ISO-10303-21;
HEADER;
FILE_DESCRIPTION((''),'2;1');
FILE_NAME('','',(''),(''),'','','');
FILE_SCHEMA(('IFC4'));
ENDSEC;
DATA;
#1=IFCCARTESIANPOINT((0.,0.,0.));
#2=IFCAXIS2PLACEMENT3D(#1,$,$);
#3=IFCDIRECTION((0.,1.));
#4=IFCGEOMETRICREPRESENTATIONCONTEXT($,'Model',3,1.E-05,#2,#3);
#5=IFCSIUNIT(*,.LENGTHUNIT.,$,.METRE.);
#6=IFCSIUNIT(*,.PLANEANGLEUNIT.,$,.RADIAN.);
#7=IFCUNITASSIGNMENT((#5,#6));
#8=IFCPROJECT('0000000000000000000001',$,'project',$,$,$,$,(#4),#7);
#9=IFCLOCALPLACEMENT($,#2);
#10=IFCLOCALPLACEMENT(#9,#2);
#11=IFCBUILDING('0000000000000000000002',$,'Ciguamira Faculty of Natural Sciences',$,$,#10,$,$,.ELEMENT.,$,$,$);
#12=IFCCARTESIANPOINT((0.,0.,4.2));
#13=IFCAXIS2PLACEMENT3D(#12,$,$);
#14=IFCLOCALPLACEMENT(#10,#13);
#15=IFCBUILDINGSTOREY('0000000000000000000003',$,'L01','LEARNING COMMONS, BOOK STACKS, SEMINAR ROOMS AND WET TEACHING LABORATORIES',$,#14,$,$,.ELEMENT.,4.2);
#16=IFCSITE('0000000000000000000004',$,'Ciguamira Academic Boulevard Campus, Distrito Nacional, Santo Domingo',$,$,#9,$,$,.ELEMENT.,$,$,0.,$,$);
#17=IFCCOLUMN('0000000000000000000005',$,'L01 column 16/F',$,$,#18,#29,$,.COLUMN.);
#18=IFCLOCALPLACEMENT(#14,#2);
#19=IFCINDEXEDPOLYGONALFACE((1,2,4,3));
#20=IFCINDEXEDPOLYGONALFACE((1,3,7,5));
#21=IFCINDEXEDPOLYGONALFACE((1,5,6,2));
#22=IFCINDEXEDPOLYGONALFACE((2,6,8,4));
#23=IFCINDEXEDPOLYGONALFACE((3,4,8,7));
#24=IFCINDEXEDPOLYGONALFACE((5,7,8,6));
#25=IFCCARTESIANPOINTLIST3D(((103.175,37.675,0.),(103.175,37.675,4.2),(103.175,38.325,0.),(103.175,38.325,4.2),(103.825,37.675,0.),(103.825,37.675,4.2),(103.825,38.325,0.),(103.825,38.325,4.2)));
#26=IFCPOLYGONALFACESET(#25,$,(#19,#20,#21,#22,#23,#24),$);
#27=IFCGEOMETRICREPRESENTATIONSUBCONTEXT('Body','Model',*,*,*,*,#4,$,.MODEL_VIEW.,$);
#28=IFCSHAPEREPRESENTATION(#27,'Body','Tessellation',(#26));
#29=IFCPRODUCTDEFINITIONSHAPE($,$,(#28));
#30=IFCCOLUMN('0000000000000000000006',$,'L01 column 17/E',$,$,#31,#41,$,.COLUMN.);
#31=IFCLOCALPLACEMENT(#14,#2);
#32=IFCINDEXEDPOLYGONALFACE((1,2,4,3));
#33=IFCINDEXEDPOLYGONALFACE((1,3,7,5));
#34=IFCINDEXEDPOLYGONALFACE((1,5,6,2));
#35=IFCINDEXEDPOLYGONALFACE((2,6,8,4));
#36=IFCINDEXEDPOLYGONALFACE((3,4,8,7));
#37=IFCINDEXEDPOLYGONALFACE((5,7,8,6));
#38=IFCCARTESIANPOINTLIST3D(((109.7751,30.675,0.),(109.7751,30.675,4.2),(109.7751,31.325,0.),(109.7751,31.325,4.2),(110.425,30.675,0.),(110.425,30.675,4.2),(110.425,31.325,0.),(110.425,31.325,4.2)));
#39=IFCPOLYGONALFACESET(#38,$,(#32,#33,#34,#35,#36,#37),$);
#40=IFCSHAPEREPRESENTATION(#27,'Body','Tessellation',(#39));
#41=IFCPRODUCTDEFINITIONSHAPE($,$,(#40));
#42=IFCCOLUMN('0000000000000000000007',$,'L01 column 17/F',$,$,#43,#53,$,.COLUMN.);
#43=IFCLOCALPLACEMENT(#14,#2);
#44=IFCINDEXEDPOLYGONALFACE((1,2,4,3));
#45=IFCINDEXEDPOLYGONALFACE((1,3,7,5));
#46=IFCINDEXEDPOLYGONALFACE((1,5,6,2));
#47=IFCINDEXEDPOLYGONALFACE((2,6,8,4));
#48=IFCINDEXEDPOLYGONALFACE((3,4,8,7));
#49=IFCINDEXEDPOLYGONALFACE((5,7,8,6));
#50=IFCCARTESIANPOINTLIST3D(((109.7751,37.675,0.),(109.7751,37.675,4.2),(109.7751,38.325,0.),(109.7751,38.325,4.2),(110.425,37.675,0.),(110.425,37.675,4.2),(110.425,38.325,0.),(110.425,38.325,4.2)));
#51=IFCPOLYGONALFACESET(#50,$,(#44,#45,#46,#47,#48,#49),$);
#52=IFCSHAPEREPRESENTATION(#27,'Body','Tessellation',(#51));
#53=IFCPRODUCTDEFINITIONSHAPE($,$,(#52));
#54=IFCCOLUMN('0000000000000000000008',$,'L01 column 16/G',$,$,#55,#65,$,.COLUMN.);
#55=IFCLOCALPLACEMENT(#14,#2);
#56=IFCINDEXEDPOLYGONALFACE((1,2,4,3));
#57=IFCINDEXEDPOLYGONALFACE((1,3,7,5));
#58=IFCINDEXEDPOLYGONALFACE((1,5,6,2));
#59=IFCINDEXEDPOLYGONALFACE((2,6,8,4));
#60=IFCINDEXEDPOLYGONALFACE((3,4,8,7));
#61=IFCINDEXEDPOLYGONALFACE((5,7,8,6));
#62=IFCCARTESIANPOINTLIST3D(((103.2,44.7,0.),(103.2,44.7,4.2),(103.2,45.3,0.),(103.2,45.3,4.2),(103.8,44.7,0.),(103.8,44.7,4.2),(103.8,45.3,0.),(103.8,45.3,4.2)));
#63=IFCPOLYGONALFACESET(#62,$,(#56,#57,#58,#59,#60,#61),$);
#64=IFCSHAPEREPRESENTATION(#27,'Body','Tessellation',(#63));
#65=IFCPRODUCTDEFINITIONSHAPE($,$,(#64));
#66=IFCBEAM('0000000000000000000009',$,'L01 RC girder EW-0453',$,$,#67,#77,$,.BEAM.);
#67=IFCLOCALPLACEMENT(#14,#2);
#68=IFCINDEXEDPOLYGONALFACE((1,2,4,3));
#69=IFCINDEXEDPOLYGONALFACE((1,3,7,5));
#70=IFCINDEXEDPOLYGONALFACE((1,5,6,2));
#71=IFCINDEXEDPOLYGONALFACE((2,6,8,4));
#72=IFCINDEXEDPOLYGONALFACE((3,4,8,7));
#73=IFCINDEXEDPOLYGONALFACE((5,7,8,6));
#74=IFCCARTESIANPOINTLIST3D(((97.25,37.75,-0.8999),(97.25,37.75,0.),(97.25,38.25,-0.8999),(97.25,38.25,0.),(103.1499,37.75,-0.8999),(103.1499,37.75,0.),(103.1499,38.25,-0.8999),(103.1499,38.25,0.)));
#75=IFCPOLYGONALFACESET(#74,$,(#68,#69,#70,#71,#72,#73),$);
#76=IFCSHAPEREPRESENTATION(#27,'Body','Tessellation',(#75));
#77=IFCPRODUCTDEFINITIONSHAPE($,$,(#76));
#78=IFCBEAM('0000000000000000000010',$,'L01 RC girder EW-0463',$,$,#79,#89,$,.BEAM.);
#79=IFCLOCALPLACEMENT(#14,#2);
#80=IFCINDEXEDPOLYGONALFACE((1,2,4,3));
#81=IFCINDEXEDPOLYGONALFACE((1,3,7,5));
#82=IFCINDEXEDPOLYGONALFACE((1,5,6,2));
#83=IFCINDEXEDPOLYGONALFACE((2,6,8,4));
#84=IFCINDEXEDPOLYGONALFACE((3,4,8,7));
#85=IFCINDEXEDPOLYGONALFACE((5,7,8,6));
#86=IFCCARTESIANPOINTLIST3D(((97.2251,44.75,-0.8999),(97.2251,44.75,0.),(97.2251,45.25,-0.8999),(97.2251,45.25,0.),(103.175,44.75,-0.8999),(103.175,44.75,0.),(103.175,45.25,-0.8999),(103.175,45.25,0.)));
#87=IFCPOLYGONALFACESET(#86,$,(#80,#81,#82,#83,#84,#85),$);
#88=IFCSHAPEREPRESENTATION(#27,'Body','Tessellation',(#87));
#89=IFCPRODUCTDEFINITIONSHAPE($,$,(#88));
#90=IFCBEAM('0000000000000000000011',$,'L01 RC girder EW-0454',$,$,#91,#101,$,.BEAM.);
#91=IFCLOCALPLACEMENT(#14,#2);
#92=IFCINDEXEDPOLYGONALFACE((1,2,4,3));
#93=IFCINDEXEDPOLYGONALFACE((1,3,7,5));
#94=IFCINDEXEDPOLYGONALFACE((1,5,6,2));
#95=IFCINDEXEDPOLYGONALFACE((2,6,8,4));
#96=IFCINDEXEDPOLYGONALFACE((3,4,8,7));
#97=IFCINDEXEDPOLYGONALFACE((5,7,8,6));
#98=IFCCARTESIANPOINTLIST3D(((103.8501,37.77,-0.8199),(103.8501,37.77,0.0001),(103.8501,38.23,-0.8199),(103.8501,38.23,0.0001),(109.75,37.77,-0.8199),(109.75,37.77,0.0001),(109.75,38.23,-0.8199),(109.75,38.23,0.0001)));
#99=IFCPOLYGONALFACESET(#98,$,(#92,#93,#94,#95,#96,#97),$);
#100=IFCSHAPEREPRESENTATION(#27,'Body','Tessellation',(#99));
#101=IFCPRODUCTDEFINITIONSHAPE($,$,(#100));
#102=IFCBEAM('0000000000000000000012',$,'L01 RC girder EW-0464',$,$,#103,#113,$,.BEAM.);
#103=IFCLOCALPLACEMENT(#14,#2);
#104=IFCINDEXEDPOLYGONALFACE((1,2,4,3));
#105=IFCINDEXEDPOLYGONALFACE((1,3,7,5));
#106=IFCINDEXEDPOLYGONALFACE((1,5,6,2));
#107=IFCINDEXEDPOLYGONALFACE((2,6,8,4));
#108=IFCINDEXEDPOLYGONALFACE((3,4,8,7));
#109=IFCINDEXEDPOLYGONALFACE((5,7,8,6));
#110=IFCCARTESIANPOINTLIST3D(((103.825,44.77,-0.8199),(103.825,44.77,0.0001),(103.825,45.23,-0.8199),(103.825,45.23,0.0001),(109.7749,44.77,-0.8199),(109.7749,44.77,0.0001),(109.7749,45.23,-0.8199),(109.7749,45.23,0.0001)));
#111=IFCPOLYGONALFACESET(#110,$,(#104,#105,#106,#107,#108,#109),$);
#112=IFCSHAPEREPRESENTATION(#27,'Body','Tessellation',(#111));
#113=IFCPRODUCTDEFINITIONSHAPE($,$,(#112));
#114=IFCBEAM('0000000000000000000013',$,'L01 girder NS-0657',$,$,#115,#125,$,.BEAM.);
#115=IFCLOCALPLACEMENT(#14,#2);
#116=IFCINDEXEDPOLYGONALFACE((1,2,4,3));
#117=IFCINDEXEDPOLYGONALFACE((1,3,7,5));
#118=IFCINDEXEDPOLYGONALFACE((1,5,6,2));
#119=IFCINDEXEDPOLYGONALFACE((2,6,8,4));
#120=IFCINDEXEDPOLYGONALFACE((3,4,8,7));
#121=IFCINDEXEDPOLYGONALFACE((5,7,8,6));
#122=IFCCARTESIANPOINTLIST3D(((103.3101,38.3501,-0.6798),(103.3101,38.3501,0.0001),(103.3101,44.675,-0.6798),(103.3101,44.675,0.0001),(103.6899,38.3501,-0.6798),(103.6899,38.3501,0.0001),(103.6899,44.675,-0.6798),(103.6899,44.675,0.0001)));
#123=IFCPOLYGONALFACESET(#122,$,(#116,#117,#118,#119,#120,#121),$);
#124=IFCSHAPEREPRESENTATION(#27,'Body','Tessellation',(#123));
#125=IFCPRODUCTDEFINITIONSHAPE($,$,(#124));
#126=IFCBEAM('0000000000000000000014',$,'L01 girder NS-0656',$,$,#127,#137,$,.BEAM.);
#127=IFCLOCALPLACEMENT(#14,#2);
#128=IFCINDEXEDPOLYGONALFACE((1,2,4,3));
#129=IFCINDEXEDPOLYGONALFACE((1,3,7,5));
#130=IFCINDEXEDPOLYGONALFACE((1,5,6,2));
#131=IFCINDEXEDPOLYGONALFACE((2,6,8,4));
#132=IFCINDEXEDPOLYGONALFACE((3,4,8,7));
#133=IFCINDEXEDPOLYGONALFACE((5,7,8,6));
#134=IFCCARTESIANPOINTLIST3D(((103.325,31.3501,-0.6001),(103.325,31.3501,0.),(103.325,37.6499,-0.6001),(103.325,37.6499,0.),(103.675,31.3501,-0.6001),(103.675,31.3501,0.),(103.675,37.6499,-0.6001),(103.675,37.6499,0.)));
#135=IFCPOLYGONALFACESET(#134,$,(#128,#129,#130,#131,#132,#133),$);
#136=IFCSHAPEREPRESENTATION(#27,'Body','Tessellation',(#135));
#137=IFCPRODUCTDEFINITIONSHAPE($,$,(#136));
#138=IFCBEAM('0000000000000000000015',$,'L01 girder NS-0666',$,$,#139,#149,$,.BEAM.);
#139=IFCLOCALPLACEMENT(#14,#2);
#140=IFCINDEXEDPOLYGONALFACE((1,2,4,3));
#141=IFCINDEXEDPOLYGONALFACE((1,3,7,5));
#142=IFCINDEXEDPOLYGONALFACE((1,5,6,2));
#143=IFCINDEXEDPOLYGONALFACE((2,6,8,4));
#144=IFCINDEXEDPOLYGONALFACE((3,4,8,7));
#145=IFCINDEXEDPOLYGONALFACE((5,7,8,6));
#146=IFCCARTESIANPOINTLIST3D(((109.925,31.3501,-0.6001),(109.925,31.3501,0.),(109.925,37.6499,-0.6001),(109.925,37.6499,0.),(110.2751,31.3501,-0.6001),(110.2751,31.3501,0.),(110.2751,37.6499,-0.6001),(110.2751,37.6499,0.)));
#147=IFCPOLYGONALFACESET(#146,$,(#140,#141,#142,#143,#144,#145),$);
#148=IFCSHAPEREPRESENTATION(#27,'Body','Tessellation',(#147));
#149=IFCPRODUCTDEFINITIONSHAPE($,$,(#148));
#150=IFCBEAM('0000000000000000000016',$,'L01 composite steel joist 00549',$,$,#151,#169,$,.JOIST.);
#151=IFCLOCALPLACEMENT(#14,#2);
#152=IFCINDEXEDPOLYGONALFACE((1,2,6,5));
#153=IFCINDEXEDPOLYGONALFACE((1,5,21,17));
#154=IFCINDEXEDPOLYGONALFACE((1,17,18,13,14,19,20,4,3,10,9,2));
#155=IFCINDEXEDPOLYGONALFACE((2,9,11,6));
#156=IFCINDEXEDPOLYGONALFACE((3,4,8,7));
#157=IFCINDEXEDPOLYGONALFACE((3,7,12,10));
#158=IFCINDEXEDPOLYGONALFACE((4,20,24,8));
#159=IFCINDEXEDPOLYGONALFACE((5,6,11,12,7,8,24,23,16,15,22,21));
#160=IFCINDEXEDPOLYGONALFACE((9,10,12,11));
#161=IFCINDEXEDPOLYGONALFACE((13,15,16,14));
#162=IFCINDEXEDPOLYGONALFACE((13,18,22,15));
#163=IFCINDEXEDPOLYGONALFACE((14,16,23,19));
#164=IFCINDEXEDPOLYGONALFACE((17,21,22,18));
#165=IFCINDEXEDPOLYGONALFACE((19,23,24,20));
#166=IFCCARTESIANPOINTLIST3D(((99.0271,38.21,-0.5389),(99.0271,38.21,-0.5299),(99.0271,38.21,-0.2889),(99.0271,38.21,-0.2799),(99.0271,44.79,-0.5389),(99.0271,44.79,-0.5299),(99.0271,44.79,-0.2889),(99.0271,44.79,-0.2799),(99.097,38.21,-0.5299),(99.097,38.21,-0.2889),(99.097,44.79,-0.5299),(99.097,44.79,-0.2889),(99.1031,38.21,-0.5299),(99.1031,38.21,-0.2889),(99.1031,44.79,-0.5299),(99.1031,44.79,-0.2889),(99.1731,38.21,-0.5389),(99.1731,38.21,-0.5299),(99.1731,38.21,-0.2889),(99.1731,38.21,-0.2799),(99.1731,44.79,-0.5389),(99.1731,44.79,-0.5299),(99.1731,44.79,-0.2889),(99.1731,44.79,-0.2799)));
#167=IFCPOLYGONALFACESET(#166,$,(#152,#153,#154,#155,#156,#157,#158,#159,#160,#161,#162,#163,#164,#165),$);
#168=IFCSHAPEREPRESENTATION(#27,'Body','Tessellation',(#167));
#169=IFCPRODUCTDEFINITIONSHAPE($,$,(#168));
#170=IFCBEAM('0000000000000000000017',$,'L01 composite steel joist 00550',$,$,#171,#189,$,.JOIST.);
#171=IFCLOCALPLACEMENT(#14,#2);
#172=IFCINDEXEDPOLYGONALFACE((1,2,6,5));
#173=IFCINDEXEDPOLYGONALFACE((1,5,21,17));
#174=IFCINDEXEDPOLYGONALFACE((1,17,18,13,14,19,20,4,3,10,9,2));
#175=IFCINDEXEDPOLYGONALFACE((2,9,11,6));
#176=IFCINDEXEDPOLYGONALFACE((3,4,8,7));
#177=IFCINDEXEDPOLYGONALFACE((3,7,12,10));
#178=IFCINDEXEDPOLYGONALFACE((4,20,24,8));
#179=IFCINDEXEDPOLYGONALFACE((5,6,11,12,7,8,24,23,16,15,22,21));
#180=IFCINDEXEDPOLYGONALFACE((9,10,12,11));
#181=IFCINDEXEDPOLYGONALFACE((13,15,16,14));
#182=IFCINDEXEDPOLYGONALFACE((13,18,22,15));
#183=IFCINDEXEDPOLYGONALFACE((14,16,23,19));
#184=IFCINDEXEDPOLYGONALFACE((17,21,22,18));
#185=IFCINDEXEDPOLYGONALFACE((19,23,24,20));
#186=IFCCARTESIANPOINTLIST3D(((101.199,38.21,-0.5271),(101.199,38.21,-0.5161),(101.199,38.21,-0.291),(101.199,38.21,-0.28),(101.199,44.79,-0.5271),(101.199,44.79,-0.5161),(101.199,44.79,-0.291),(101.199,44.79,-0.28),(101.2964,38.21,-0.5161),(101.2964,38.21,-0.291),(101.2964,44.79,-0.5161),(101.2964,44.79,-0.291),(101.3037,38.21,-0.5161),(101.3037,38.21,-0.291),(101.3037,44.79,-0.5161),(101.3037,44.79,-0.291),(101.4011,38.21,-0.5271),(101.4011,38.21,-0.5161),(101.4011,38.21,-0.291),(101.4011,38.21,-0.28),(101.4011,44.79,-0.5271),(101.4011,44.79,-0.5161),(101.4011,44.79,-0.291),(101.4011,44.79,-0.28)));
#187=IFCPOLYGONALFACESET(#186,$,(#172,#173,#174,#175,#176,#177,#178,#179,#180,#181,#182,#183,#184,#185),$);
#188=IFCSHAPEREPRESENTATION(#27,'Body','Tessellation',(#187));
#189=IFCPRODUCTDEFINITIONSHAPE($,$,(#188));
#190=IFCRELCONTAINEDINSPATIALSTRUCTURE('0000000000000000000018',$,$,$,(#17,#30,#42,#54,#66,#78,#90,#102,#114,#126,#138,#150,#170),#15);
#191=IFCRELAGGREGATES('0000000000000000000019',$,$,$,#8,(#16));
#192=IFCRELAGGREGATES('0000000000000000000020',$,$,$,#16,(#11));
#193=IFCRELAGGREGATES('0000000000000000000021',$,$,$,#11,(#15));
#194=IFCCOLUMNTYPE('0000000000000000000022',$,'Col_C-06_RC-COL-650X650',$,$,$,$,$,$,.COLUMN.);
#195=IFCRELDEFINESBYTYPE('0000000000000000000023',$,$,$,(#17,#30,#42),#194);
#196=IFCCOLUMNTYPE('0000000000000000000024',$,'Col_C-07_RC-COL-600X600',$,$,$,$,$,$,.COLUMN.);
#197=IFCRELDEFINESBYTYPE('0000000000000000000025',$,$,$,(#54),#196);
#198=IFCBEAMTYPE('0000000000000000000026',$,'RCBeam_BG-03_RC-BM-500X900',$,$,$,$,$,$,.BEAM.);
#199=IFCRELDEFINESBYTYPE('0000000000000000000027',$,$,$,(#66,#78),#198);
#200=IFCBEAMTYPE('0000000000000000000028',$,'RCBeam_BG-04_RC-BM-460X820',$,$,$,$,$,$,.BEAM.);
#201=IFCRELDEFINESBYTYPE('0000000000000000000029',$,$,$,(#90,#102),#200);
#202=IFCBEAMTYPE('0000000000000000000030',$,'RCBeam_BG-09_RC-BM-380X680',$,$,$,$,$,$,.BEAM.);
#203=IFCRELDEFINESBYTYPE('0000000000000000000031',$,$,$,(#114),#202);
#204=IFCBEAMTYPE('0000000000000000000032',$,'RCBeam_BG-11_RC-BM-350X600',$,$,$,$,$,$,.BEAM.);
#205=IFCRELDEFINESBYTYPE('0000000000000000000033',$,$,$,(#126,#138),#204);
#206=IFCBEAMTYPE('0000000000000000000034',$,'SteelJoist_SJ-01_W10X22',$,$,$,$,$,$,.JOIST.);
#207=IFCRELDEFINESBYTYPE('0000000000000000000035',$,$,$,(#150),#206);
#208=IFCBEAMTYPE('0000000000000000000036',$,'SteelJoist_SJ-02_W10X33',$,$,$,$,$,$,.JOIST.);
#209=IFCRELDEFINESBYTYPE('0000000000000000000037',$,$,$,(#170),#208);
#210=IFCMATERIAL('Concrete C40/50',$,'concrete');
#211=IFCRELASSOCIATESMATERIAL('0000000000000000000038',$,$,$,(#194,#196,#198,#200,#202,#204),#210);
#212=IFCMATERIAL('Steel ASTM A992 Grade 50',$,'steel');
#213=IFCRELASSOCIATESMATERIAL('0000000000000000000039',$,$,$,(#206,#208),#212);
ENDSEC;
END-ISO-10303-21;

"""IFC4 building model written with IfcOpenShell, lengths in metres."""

from ifc_helpers import new_model, si_unit, direction, frame, origin, origin_2d, place, context, subcontext, project, spatial, rectangle, i_section, extrude, material, material_profile, profile_set, type_object, element, save


model = new_model("IFC4")

# Units and contexts
model_context = context("Model", 3, precision=1e-05, world=origin(), true_north=direction((0.0, 1.0)))
body_context = subcontext(model_context, "Body", "Model", "MODEL_VIEW")
ifc_project = project(units=[si_unit("LENGTHUNIT", "METRE"), si_unit("PLANEANGLEUNIT", "RADIAN")], contexts=[model_context])

# Site, building, storey
site_placement = place(None, origin())
site = spatial("IfcSite", under=ifc_project, at=site_placement, Name="Ciguamira Academic Boulevard Campus, Distrito Nacional, Santo Domingo", CompositionType="ELEMENT", RefElevation=0.0)
building_placement = place(site_placement, origin())
building = spatial("IfcBuilding", under=site, at=building_placement, Name="Ciguamira Faculty of Natural Sciences", CompositionType="ELEMENT")
storey_placement = place(building_placement, frame((0.0, 0.0, 4.2)))
storey = spatial("IfcBuildingStorey", under=building, at=storey_placement, Name="L01", Description="LEARNING COMMONS, BOOK STACKS, SEMINAR ROOMS AND WET TEACHING LABORATORIES", CompositionType="ELEMENT", Elevation=4.2)

# Columns
ifc_material_1 = material(Name="Concrete C40/50", Category="concrete")
ifc_material_profile_1 = material_profile(ifc_material_1, rectangle(XDim=0.6499, YDim=0.6499, at=origin_2d()), Name="RC-COL-650X650")
ifc_profile_set_1 = profile_set([ifc_material_profile_1], Name="Concrete C40/50")
column_type_1 = type_object("IfcColumnType", Name="Col_C-06_RC-COL-650X650", PredefinedType="COLUMN", material=ifc_profile_set_1)
for number, where, z_axis, x_axis, name in (
    (1, (103.5, 38.0, 0.0), (0.0, 0.0, 1.0), (1.0, 0.0, 0.0), "L01 column 16/F"),
    (2, (110.1001, 31.0, 0.0), (0.0, 0.0, 1.0), (1.0, 0.0, 0.0), "L01 column 17/E"),
    (3, (110.1001, 38.0, 0.0), (0.0, 0.0, 1.0), (1.0, 0.0, 0.0), "L01 column 17/F"),
):
    element("IfcColumn", number, at=place(storey_placement, frame(where, z_axis=z_axis, x_axis=x_axis)), inside=storey, type_object=column_type_1, Name=name, PredefinedType="COLUMN", context=body_context, shape_type="SweptSolid", body=[
        extrude(rectangle(XDim=0.6499, YDim=0.6499, at=origin_2d()), origin(), (0.0, 0.0, 1.0), 4.2),
    ])
ifc_material_profile_2 = material_profile(ifc_material_1, rectangle(XDim=0.6001, YDim=0.6001, at=origin_2d()), Name="RC-COL-600X600")
ifc_profile_set_2 = profile_set([ifc_material_profile_2], Name="Concrete C40/50")
column_type_2 = type_object("IfcColumnType", Name="Col_C-07_RC-COL-600X600", PredefinedType="COLUMN", material=ifc_profile_set_2)
column_placement = place(storey_placement, frame((103.5, 45.0, 0.0), z_axis=(0.0, 0.0, 1.0), x_axis=(1.0, 0.0, 0.0)))
element("IfcColumn", 4, at=column_placement, inside=storey, type_object=column_type_2, Name="L01 column 16/G", PredefinedType="COLUMN", context=body_context, shape_type="SweptSolid", body=[
    extrude(rectangle(XDim=0.6001, YDim=0.6001, at=origin_2d()), origin(), (0.0, 0.0, 1.0), 4.2),
])

# Beams
ifc_material_profile_3 = material_profile(ifc_material_1, rectangle(XDim=0.5, YDim=0.8999, at=origin_2d()), Name="RC-BM-500X900")
ifc_profile_set_3 = profile_set([ifc_material_profile_3], Name="Concrete C40/50")
beam_type_1 = type_object("IfcBeamType", Name="RCBeam_BG-03_RC-BM-500X900", PredefinedType="BEAM", material=ifc_profile_set_3)
beam_1_placement = place(storey_placement, frame((97.25, 38.0, -0.45), z_axis=(1.0, 0.0, 0.0), x_axis=(0.0, 1.0, 0.0)))
element("IfcBeam", 5, at=beam_1_placement, inside=storey, type_object=beam_type_1, Name="L01 RC girder EW-0453", PredefinedType="BEAM", context=body_context, shape_type="SweptSolid", body=[
    extrude(rectangle(XDim=0.5, YDim=0.8999, at=origin_2d()), origin(), (0.0, 0.0, 1.0), 5.8999),
])
beam_2_placement = place(storey_placement, frame((97.2251, 45.0, -0.45), z_axis=(1.0, 0.0, 0.0), x_axis=(0.0, 1.0, 0.0)))
element("IfcBeam", 6, at=beam_2_placement, inside=storey, type_object=beam_type_1, Name="L01 RC girder EW-0463", PredefinedType="BEAM", context=body_context, shape_type="SweptSolid", body=[
    extrude(rectangle(XDim=0.5, YDim=0.8999, at=origin_2d()), origin(), (0.0, 0.0, 1.0), 5.95),
])
ifc_material_profile_4 = material_profile(ifc_material_1, rectangle(XDim=0.46, YDim=0.8201, at=origin_2d()), Name="RC-BM-460X820")
ifc_profile_set_4 = profile_set([ifc_material_profile_4], Name="Concrete C40/50")
beam_type_2 = type_object("IfcBeamType", Name="RCBeam_BG-04_RC-BM-460X820", PredefinedType="BEAM", material=ifc_profile_set_4)
beam_3_placement = place(storey_placement, frame((103.8501, 38.0, -0.4099), z_axis=(1.0, 0.0, 0.0), x_axis=(0.0, 1.0, 0.0)))
element("IfcBeam", 7, at=beam_3_placement, inside=storey, type_object=beam_type_2, Name="L01 RC girder EW-0454", PredefinedType="BEAM", context=body_context, shape_type="SweptSolid", body=[
    extrude(rectangle(XDim=0.46, YDim=0.8201, at=origin_2d()), origin(), (0.0, 0.0, 1.0), 5.8999),
])
beam_4_placement = place(storey_placement, frame((103.825, 45.0, -0.4099), z_axis=(1.0, 0.0, 0.0), x_axis=(0.0, 1.0, 0.0)))
element("IfcBeam", 8, at=beam_4_placement, inside=storey, type_object=beam_type_2, Name="L01 RC girder EW-0464", PredefinedType="BEAM", context=body_context, shape_type="SweptSolid", body=[
    extrude(rectangle(XDim=0.46, YDim=0.8201, at=origin_2d()), origin(), (0.0, 0.0, 1.0), 5.95),
])
ifc_material_profile_5 = material_profile(ifc_material_1, rectangle(XDim=0.3799, YDim=0.6799, at=origin_2d()), Name="RC-BM-380X680")
ifc_profile_set_5 = profile_set([ifc_material_profile_5], Name="Concrete C40/50")
beam_type_3 = type_object("IfcBeamType", Name="RCBeam_BG-09_RC-BM-380X680", PredefinedType="BEAM", material=ifc_profile_set_5)
beam_5_placement = place(storey_placement, frame((103.5, 38.3501, -0.3398), z_axis=(0.0, 1.0, 0.0), x_axis=(-1.0, 0.0, 0.0)))
element("IfcBeam", 9, at=beam_5_placement, inside=storey, type_object=beam_type_3, Name="L01 girder NS-0657", PredefinedType="BEAM", context=body_context, shape_type="SweptSolid", body=[
    extrude(rectangle(XDim=0.3799, YDim=0.6799, at=origin_2d()), origin(), (0.0, 0.0, 1.0), 6.325),
])
ifc_material_profile_6 = material_profile(ifc_material_1, rectangle(XDim=0.3501, YDim=0.6001, at=origin_2d()), Name="RC-BM-350X600")
ifc_profile_set_6 = profile_set([ifc_material_profile_6], Name="Concrete C40/50")
beam_type_4 = type_object("IfcBeamType", Name="RCBeam_BG-11_RC-BM-350X600", PredefinedType="BEAM", material=ifc_profile_set_6)
for number, where, z_axis, x_axis, name in (
    (10, (103.5, 31.3501, -0.3), (0.0, 1.0, 0.0), (-1.0, 0.0, 0.0), "L01 girder NS-0656"),
    (11, (110.1001, 31.3501, -0.3), (0.0, 1.0, 0.0), (-1.0, 0.0, 0.0), "L01 girder NS-0666"),
):
    element("IfcBeam", number, at=place(storey_placement, frame(where, z_axis=z_axis, x_axis=x_axis)), inside=storey, type_object=beam_type_4, Name=name, PredefinedType="BEAM", context=body_context, shape_type="SweptSolid", body=[
        extrude(rectangle(XDim=0.3501, YDim=0.6001, at=origin_2d()), origin(), (0.0, 0.0, 1.0), 6.2998),
    ])
ifc_material_2 = material(Name="Steel ASTM A992 Grade 50", Category="steel")
ifc_material_profile_7 = material_profile(ifc_material_2, i_section(OverallWidth=0.146, OverallDepth=0.259, WebThickness=0.0061, FlangeThickness=0.009, at=origin_2d()), Name="W10X22")
ifc_profile_set_7 = profile_set([ifc_material_profile_7], Name="Steel ASTM A992 Grade 50")
beam_type_5 = type_object("IfcBeamType", Name="SteelJoist_SJ-01_W10X22", PredefinedType="JOIST", material=ifc_profile_set_7)
beam_6_placement = place(storey_placement, frame((99.1001, 38.21, -0.4094), z_axis=(0.0, 1.0, 0.0), x_axis=(-1.0, 0.0, 0.0)))
element("IfcBeam", 12, at=beam_6_placement, inside=storey, type_object=beam_type_5, Name="L01 composite steel joist 00549", PredefinedType="JOIST", context=body_context, shape_type="SweptSolid", body=[
    extrude(i_section(OverallWidth=0.146, OverallDepth=0.259, WebThickness=0.0061, FlangeThickness=0.009, at=origin_2d()), origin(), (0.0, 0.0, 1.0), 6.5801),
])
ifc_material_profile_8 = material_profile(ifc_material_2, i_section(OverallWidth=0.2021, OverallDepth=0.2471, WebThickness=0.0073, FlangeThickness=0.011, at=origin_2d()), Name="W10X33")
ifc_profile_set_8 = profile_set([ifc_material_profile_8], Name="Steel ASTM A992 Grade 50")
beam_type_6 = type_object("IfcBeamType", Name="SteelJoist_SJ-02_W10X33", PredefinedType="JOIST", material=ifc_profile_set_8)
beam_7_placement = place(storey_placement, frame((101.3, 38.21, -0.4036), z_axis=(0.0, 1.0, 0.0), x_axis=(-1.0, 0.0, 0.0)))
element("IfcBeam", 13, at=beam_7_placement, inside=storey, type_object=beam_type_6, Name="L01 composite steel joist 00550", PredefinedType="JOIST", context=body_context, shape_type="SweptSolid", body=[
    extrude(i_section(OverallWidth=0.2021, OverallDepth=0.2471, WebThickness=0.0073, FlangeThickness=0.011, at=origin_2d()), origin(), (0.0, 0.0, 1.0), 6.5801),
])

save(model, "model.ifc")
